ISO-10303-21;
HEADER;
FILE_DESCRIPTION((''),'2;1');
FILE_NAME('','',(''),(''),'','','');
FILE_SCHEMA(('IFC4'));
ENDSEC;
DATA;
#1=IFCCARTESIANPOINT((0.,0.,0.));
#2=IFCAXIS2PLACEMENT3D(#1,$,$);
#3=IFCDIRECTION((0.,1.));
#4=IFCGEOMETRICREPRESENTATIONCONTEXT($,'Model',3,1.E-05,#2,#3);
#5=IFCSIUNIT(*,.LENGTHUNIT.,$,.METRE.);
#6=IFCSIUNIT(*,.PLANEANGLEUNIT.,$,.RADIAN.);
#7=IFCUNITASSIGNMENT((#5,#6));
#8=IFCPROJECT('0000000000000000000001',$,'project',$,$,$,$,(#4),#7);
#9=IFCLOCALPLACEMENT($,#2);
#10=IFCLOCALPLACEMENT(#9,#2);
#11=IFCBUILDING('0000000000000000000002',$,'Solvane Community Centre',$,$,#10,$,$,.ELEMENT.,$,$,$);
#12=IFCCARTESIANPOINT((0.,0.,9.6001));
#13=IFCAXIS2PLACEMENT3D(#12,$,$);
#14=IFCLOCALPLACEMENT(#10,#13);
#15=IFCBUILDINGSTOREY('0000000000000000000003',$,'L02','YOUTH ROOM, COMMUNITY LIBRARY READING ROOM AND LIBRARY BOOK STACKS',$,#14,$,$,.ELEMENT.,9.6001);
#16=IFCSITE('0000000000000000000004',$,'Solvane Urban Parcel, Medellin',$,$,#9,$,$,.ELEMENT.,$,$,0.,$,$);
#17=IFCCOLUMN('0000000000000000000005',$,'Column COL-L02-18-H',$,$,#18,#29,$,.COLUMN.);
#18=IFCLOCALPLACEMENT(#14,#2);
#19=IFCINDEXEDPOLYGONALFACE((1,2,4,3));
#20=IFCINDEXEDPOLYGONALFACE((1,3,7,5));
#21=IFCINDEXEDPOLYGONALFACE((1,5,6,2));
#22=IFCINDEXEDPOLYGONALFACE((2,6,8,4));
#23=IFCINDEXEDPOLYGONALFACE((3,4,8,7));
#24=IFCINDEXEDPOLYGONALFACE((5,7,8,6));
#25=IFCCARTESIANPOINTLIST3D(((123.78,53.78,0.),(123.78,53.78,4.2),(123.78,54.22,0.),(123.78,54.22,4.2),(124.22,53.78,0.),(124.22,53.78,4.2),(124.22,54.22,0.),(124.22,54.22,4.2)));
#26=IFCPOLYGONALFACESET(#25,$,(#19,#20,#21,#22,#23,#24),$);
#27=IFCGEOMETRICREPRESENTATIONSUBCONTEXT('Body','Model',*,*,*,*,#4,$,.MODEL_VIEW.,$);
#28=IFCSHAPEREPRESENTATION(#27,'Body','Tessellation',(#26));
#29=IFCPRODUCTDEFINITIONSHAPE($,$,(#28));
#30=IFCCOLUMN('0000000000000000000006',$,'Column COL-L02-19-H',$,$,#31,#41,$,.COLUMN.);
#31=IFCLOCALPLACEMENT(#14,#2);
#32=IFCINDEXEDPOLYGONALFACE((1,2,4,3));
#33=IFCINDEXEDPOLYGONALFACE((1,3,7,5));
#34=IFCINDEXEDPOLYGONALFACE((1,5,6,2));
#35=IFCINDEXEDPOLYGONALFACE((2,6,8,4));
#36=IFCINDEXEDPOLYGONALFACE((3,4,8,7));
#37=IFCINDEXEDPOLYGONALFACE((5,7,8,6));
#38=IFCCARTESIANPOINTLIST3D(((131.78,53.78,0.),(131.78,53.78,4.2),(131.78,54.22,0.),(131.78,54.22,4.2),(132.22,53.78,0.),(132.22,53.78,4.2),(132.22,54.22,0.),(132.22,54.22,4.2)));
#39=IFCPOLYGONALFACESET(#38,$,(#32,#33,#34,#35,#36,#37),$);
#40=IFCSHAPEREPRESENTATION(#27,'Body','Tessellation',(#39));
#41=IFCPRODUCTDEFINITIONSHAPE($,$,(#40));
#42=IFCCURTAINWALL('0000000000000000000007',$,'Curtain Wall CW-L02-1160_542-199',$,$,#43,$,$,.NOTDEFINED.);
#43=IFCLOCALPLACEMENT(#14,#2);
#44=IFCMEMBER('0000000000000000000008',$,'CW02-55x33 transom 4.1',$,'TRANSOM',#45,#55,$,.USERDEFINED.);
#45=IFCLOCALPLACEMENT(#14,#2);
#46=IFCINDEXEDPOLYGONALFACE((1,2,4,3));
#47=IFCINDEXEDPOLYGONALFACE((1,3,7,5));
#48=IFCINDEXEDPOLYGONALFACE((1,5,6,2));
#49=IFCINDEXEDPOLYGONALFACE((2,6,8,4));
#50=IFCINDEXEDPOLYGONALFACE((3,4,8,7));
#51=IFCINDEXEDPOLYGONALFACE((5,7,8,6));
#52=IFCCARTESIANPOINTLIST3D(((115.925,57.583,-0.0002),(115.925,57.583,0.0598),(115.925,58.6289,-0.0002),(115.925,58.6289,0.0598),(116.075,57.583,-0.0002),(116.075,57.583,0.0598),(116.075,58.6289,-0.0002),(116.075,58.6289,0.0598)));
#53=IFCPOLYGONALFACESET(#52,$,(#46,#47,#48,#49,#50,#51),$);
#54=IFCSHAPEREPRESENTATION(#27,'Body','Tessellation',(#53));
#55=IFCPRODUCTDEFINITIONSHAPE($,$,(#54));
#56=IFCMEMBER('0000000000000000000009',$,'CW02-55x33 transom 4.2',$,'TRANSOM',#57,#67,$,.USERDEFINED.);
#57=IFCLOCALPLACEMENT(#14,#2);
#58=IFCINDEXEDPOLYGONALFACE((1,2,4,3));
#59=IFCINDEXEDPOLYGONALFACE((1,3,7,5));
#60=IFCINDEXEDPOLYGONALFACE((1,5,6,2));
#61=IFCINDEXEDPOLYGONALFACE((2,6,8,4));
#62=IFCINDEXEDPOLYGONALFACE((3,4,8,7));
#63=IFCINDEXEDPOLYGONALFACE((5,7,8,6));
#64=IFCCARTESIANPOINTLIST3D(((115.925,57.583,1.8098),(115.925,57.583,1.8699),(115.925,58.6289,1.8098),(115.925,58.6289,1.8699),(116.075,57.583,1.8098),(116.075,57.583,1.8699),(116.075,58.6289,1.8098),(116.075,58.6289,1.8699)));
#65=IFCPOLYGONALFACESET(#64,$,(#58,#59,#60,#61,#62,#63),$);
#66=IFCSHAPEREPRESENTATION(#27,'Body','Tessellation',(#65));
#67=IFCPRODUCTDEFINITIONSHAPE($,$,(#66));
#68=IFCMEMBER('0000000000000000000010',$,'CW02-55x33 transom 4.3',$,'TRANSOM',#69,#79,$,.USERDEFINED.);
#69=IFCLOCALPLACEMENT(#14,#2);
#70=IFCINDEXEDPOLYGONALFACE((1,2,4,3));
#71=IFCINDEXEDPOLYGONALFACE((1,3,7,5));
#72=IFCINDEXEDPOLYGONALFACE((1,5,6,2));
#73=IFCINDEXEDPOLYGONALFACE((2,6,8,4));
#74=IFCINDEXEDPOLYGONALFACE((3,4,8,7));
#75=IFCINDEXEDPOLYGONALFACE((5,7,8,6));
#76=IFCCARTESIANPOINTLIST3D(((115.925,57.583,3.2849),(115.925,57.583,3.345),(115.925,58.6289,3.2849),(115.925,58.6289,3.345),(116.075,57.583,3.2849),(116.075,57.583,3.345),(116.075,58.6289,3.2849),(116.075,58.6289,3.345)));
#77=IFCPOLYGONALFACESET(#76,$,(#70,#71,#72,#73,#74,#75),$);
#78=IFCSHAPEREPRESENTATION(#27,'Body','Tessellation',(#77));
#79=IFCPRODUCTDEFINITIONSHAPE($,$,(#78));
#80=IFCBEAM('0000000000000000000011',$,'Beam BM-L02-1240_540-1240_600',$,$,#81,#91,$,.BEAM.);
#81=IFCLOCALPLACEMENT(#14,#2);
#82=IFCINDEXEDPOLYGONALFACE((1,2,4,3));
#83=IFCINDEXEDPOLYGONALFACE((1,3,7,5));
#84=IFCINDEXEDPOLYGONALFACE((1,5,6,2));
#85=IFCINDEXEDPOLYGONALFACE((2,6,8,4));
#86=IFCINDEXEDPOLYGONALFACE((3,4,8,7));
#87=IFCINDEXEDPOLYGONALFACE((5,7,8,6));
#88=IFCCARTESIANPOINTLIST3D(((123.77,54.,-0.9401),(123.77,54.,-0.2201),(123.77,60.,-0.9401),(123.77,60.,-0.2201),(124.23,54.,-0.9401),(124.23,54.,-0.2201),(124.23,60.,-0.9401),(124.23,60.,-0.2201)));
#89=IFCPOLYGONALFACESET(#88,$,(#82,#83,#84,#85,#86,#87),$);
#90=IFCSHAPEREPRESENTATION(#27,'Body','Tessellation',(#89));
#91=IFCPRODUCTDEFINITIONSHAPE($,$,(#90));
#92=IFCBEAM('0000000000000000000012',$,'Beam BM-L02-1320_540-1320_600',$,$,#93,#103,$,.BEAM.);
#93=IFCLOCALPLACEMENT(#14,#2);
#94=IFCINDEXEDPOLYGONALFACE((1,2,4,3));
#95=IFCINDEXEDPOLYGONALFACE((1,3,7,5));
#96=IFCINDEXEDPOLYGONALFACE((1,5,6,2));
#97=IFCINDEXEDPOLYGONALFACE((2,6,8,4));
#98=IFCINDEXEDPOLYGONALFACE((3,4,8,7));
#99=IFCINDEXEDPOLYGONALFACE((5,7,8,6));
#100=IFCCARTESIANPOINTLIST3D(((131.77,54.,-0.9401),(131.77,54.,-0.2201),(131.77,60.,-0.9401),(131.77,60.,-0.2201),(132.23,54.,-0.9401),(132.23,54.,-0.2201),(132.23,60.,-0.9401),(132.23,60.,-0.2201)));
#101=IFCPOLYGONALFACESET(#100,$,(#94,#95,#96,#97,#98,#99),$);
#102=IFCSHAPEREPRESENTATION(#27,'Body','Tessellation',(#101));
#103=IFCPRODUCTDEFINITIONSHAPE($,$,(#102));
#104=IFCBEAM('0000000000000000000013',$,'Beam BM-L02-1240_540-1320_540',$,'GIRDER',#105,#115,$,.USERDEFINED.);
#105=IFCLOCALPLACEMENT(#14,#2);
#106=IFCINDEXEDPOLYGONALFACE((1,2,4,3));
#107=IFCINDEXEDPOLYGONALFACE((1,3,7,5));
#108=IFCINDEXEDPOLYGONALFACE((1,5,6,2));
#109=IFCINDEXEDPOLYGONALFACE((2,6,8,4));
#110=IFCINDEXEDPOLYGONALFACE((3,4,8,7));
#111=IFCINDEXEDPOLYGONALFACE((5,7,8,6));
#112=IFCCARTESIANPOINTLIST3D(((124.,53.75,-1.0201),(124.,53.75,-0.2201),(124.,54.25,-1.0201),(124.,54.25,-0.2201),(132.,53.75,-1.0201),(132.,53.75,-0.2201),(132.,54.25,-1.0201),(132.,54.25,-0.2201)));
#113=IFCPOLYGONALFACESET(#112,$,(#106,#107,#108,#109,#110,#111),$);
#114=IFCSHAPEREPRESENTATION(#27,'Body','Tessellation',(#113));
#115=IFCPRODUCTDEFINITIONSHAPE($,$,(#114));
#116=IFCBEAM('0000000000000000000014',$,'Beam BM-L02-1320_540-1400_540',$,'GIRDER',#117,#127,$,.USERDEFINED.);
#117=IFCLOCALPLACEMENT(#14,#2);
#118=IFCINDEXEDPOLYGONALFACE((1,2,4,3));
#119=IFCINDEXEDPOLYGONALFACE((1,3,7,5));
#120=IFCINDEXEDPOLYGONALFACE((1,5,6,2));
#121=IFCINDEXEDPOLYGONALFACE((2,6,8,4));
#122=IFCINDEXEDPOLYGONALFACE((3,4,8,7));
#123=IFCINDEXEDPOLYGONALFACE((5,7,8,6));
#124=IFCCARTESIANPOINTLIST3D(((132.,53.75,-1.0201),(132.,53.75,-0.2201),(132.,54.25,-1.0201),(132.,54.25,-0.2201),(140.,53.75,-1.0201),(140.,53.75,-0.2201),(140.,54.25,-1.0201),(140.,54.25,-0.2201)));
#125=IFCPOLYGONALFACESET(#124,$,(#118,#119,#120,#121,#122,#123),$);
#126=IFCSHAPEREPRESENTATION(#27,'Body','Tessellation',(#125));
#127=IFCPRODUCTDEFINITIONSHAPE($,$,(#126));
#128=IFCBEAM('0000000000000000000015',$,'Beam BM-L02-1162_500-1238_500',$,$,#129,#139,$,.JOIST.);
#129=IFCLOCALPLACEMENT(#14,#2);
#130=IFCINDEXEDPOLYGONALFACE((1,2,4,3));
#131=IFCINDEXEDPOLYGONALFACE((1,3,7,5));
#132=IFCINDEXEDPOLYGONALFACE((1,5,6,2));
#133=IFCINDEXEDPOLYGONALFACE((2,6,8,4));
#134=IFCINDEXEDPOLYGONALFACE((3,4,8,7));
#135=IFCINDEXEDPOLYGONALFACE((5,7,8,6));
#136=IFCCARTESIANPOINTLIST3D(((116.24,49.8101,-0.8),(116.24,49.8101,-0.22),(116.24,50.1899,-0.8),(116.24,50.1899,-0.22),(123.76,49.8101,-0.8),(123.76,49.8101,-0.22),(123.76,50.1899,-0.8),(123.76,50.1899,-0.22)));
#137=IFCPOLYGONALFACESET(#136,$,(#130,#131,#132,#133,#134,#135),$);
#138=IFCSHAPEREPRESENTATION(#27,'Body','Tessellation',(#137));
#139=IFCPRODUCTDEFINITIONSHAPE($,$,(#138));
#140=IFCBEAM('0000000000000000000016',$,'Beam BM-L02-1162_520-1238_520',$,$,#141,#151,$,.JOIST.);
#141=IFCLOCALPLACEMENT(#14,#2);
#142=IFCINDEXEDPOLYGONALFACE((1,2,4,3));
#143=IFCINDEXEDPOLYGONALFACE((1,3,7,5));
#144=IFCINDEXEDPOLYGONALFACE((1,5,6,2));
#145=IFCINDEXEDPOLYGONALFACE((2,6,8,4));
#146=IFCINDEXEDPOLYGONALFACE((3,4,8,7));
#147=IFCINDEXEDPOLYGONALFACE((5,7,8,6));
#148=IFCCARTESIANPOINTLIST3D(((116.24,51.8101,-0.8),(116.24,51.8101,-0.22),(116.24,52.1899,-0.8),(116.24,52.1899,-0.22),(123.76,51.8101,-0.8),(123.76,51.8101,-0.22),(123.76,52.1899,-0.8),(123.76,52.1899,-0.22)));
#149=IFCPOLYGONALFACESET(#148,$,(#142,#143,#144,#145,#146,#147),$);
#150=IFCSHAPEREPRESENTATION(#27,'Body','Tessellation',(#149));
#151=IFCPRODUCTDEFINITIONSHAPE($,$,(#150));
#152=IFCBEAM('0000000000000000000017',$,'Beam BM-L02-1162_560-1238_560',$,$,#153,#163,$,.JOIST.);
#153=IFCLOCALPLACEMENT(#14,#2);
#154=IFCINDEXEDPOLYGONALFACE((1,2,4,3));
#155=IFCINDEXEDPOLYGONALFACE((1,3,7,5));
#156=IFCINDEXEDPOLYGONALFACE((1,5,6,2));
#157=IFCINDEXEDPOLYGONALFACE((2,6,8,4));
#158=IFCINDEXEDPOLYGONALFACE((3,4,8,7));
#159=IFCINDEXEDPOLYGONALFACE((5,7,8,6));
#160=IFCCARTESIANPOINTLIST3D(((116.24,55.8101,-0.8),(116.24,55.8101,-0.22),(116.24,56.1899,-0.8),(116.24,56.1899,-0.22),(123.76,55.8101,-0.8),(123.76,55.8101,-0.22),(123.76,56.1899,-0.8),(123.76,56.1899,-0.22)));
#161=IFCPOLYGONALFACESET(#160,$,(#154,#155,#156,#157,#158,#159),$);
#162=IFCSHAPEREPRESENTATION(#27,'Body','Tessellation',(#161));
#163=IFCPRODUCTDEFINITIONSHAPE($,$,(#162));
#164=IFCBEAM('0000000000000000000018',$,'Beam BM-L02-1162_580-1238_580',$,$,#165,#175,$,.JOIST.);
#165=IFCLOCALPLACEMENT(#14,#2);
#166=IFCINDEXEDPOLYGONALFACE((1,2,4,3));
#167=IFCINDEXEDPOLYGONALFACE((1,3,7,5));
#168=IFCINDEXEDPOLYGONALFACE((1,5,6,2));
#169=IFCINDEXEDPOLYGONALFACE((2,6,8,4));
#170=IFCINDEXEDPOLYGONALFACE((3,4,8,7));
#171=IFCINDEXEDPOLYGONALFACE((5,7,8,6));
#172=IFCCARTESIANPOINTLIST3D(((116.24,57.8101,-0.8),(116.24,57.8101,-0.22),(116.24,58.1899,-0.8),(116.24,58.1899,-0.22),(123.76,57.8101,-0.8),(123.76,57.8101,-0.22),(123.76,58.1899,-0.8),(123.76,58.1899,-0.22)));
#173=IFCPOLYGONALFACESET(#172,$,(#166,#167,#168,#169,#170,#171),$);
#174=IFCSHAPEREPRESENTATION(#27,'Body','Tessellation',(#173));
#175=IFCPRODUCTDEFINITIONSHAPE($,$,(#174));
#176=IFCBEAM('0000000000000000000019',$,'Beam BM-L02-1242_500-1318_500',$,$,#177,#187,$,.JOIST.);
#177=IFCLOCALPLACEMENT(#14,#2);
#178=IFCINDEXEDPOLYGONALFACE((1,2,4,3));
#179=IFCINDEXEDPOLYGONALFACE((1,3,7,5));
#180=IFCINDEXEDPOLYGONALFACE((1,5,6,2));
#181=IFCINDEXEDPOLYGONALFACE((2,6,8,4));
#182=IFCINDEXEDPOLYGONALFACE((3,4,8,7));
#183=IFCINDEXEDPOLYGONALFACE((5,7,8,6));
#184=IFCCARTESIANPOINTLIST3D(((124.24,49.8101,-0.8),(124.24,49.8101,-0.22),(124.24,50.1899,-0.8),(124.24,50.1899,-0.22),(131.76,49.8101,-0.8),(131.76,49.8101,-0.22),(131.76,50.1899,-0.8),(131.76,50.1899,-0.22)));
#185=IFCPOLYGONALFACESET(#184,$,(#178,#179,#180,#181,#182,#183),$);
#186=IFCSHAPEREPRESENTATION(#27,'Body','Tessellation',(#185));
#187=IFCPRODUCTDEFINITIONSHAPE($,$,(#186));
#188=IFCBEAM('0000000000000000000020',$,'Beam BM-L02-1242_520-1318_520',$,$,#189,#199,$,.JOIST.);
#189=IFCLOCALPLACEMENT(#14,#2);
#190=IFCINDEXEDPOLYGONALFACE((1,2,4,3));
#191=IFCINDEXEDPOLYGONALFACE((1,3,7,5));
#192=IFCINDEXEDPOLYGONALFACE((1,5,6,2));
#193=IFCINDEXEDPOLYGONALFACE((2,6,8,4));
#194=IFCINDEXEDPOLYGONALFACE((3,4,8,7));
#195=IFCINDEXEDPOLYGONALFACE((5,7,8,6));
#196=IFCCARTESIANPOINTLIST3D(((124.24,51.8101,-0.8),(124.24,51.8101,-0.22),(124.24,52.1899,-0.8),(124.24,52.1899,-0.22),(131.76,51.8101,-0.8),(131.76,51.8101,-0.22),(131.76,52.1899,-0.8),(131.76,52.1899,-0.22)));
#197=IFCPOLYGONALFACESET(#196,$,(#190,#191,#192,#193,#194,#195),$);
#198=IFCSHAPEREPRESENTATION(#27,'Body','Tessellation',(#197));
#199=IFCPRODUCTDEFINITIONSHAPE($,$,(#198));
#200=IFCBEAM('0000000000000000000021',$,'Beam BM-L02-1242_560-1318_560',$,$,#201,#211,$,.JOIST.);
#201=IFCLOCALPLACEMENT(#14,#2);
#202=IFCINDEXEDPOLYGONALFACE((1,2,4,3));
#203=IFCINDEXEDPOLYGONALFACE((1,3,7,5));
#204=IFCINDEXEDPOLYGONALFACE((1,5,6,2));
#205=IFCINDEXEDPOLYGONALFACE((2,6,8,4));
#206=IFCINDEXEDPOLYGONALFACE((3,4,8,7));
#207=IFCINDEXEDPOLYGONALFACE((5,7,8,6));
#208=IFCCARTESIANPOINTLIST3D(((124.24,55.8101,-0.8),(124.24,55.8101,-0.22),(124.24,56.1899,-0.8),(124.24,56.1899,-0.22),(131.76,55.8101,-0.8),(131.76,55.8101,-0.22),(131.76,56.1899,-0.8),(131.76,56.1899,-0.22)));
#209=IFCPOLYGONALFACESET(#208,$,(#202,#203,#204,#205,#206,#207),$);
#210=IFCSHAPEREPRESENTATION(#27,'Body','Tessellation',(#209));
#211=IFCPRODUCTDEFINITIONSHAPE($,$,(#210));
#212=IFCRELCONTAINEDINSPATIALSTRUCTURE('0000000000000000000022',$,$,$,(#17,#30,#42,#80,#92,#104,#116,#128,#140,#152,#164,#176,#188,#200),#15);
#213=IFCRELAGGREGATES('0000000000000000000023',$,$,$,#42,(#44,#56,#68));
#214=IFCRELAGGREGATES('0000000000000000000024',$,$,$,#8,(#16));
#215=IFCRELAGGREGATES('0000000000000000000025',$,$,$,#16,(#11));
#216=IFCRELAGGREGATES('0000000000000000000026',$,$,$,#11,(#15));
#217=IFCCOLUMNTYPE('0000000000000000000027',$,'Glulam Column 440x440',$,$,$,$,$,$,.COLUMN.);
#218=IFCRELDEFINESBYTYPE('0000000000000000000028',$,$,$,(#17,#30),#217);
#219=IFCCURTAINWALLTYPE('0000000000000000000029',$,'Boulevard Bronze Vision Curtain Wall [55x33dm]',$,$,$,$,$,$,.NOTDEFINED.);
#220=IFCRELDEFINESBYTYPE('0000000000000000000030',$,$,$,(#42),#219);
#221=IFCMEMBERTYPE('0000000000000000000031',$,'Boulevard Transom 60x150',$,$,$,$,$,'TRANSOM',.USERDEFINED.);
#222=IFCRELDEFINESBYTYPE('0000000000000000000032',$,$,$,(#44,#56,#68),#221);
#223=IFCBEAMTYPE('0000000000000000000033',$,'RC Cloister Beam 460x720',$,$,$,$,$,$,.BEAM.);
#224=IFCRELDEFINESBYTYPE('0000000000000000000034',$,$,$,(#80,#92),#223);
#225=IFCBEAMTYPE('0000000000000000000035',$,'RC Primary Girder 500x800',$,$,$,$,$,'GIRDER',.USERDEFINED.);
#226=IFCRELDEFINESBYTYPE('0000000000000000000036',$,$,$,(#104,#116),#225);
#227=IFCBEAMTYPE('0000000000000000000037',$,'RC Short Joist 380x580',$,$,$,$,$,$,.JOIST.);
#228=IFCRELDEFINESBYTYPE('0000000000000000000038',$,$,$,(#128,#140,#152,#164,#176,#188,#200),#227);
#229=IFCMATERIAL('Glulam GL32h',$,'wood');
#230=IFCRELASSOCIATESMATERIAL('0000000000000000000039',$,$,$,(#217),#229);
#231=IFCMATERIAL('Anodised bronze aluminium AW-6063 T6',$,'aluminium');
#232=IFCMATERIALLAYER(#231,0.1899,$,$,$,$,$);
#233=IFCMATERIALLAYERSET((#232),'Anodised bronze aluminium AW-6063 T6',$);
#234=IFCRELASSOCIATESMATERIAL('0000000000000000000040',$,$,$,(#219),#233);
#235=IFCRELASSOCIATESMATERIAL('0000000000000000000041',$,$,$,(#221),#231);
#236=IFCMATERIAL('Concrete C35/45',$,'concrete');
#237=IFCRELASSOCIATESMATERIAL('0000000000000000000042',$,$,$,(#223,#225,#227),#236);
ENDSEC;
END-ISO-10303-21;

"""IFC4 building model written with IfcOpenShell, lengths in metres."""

from ifc_helpers import new_model, si_unit, direction, frame, origin, origin_2d, place, context, subcontext, project, spatial, rectangle, extrude, material, layer, layer_set, material_profile, profile_set, type_object, element, aggregate, save


model = new_model("IFC4")

# Units and contexts
model_context = context("Model", 3, precision=1e-05, world=origin(), true_north=direction((0.0, 1.0)))
body_context = subcontext(model_context, "Body", "Model", "MODEL_VIEW")
ifc_project = project(units=[si_unit("LENGTHUNIT", "METRE"), si_unit("PLANEANGLEUNIT", "RADIAN")], contexts=[model_context])

# Site, building, storey
site_placement = place(None, origin())
site = spatial("IfcSite", under=ifc_project, at=site_placement, Name="Solvane Urban Parcel, Medellin", CompositionType="ELEMENT", RefElevation=0.0)
building_placement = place(site_placement, origin())
building = spatial("IfcBuilding", under=site, at=building_placement, Name="Solvane Community Centre", CompositionType="ELEMENT")
storey_placement = place(building_placement, frame((0.0, 0.0, 9.6001)))
storey = spatial("IfcBuildingStorey", under=building, at=storey_placement, Name="L02", Description="YOUTH ROOM, COMMUNITY LIBRARY READING ROOM AND LIBRARY BOOK STACKS", CompositionType="ELEMENT", Elevation=9.6001)

# Columns
ifc_material_1 = material(Name="Glulam GL32h", Category="wood")
ifc_material_profile_1 = material_profile(ifc_material_1, rectangle(XDim=0.4399, YDim=0.4399, at=origin_2d()), Name="GL32h 440x440")
ifc_profile_set_1 = profile_set([ifc_material_profile_1], Name="Glulam GL32h")
column_type = type_object("IfcColumnType", Name="Glulam Column 440x440", PredefinedType="COLUMN", material=ifc_profile_set_1)
for number, where, z_axis, x_axis, name in (
    (1, (124.0, 54.0, 0.0), (0.0, 0.0, 1.0), (1.0, 0.0, 0.0), "Column COL-L02-18-H"),
    (2, (132.0, 54.0, 0.0), (0.0, 0.0, 1.0), (1.0, 0.0, 0.0), "Column COL-L02-19-H"),
):
    element("IfcColumn", number, at=place(storey_placement, frame(where, z_axis=z_axis, x_axis=x_axis)), inside=storey, type_object=column_type, Name=name, PredefinedType="COLUMN", context=body_context, shape_type="SweptSolid", body=[
        extrude(rectangle(XDim=0.4399, YDim=0.4399, at=origin_2d()), origin(), (0.0, 0.0, 1.0), 4.2),
    ])

# Curtain wall, members
ifc_material_2 = material(Name="Anodised bronze aluminium AW-6063 T6", Category="aluminium")
ifc_layer = layer(ifc_material_2, 0.1899)
ifc_layer_set = layer_set([ifc_layer], Name="Anodised bronze aluminium AW-6063 T6")
curtain_wall_type = type_object("IfcCurtainWallType", Name="Boulevard Bronze Vision Curtain Wall [55x33dm]", PredefinedType="NOTDEFINED", material=ifc_layer_set)
curtain_wall_placement = place(storey_placement, origin())
curtain_wall = element("IfcCurtainWall", 3, at=curtain_wall_placement, inside=storey, type_object=curtain_wall_type, Name="Curtain Wall CW-L02-1160_542-199", PredefinedType="NOTDEFINED")
ifc_material_profile_2 = material_profile(ifc_material_2, rectangle(XDim=0.1499, YDim=0.0601, at=origin_2d()), Name="CW-T 60x150")
ifc_profile_set_2 = profile_set([ifc_material_profile_2], Name="Anodised bronze aluminium AW-6063 T6")
member_type = type_object("IfcMemberType", Name="Boulevard Transom 60x150", ElementType="TRANSOM", PredefinedType="USERDEFINED", material=ifc_profile_set_2)
member_1_placement = place(storey_placement, frame((116.0, 57.583, 0.0298), z_axis=(0.0, 1.0, 0.0), x_axis=(-1.0, 0.0, 0.0)))
member_1 = element("IfcMember", 4, at=member_1_placement, type_object=member_type, Name="CW02-55x33 transom 4.1", ObjectType="TRANSOM", PredefinedType="USERDEFINED", context=body_context, shape_type="SweptSolid", body=[
    extrude(rectangle(XDim=0.1499, YDim=0.0601, at=origin_2d()), origin(), (0.0, 0.0, 1.0), 1.0459),
])
member_2_placement = place(storey_placement, frame((116.0, 57.583, 1.8398), z_axis=(0.0, 1.0, 0.0), x_axis=(-1.0, 0.0, 0.0)))
member_2 = element("IfcMember", 5, at=member_2_placement, type_object=member_type, Name="CW02-55x33 transom 4.2", ObjectType="TRANSOM", PredefinedType="USERDEFINED", context=body_context, shape_type="SweptSolid", body=[
    extrude(rectangle(XDim=0.1499, YDim=0.0601, at=origin_2d()), origin(), (0.0, 0.0, 1.0), 1.0459),
])
member_3_placement = place(storey_placement, frame((116.0, 57.583, 3.3149), z_axis=(0.0, 1.0, 0.0), x_axis=(-1.0, 0.0, 0.0)))
member_3 = element("IfcMember", 6, at=member_3_placement, type_object=member_type, Name="CW02-55x33 transom 4.3", ObjectType="TRANSOM", PredefinedType="USERDEFINED", context=body_context, shape_type="SweptSolid", body=[
    extrude(rectangle(XDim=0.1499, YDim=0.0601, at=origin_2d()), origin(), (0.0, 0.0, 1.0), 1.0459),
])
aggregate(curtain_wall, [member_1, member_2, member_3])

# Beams
ifc_material_3 = material(Name="Concrete C35/45", Category="concrete")
ifc_material_profile_3 = material_profile(ifc_material_3, rectangle(XDim=0.46, YDim=0.72, at=origin_2d()), Name="RC 460x720")
ifc_profile_set_3 = profile_set([ifc_material_profile_3], Name="Concrete C35/45")
beam_type_1 = type_object("IfcBeamType", Name="RC Cloister Beam 460x720", PredefinedType="BEAM", material=ifc_profile_set_3)
for number, where, z_axis, x_axis, name in (
    (7, (124.0, 54.0, -0.5801), (0.0, 1.0, 0.0), (-1.0, 0.0, 0.0), "Beam BM-L02-1240_540-1240_600"),
    (8, (132.0, 54.0, -0.5801), (0.0, 1.0, 0.0), (-1.0, 0.0, 0.0), "Beam BM-L02-1320_540-1320_600"),
):
    element("IfcBeam", number, at=place(storey_placement, frame(where, z_axis=z_axis, x_axis=x_axis)), inside=storey, type_object=beam_type_1, Name=name, PredefinedType="BEAM", context=body_context, shape_type="SweptSolid", body=[
        extrude(rectangle(XDim=0.46, YDim=0.72, at=origin_2d()), origin(), (0.0, 0.0, 1.0), 6.0),
    ])
ifc_material_profile_4 = material_profile(ifc_material_3, rectangle(XDim=0.5, YDim=0.8, at=origin_2d()), Name="RC 500x800")
ifc_profile_set_4 = profile_set([ifc_material_profile_4], Name="Concrete C35/45")
beam_type_2 = type_object("IfcBeamType", Name="RC Primary Girder 500x800", ElementType="GIRDER", PredefinedType="USERDEFINED", material=ifc_profile_set_4)
for number, where, z_axis, x_axis, name in (
    (9, (124.0, 54.0, -0.6201), (1.0, 0.0, 0.0), (0.0, 1.0, 0.0), "Beam BM-L02-1240_540-1320_540"),
    (10, (132.0, 54.0, -0.6201), (1.0, 0.0, 0.0), (0.0, 1.0, 0.0), "Beam BM-L02-1320_540-1400_540"),
):
    element("IfcBeam", number, at=place(storey_placement, frame(where, z_axis=z_axis, x_axis=x_axis)), inside=storey, type_object=beam_type_2, Name=name, ObjectType="GIRDER", PredefinedType="USERDEFINED", context=body_context, shape_type="SweptSolid", body=[
        extrude(rectangle(XDim=0.5, YDim=0.8, at=origin_2d()), origin(), (0.0, 0.0, 1.0), 8.0),
    ])
ifc_material_profile_5 = material_profile(ifc_material_3, rectangle(XDim=0.3799, YDim=0.5801, at=origin_2d()), Name="RC 380x580")
ifc_profile_set_5 = profile_set([ifc_material_profile_5], Name="Concrete C35/45")
beam_type_3 = type_object("IfcBeamType", Name="RC Short Joist 380x580", PredefinedType="JOIST", material=ifc_profile_set_5)
for number, where, z_axis, x_axis, name in (
    (11, (116.24, 50.0, -0.51), (1.0, 0.0, 0.0), (0.0, 1.0, 0.0), "Beam BM-L02-1162_500-1238_500"),
    (12, (116.24, 52.0, -0.51), (1.0, 0.0, 0.0), (0.0, 1.0, 0.0), "Beam BM-L02-1162_520-1238_520"),
    (13, (116.24, 56.0, -0.51), (1.0, 0.0, 0.0), (0.0, 1.0, 0.0), "Beam BM-L02-1162_560-1238_560"),
    (14, (116.24, 58.0, -0.51), (1.0, 0.0, 0.0), (0.0, 1.0, 0.0), "Beam BM-L02-1162_580-1238_580"),
    (15, (124.24, 50.0, -0.51), (1.0, 0.0, 0.0), (0.0, 1.0, 0.0), "Beam BM-L02-1242_500-1318_500"),
    (16, (124.24, 52.0, -0.51), (1.0, 0.0, 0.0), (0.0, 1.0, 0.0), "Beam BM-L02-1242_520-1318_520"),
    (17, (124.24, 56.0, -0.51), (1.0, 0.0, 0.0), (0.0, 1.0, 0.0), "Beam BM-L02-1242_560-1318_560"),
):
    element("IfcBeam", number, at=place(storey_placement, frame(where, z_axis=z_axis, x_axis=x_axis)), inside=storey, type_object=beam_type_3, Name=name, PredefinedType="JOIST", context=body_context, shape_type="SweptSolid", body=[
        extrude(rectangle(XDim=0.3799, YDim=0.5801, at=origin_2d()), origin(), (0.0, 0.0, 1.0), 7.52),
    ])

save(model, "model.ifc")
